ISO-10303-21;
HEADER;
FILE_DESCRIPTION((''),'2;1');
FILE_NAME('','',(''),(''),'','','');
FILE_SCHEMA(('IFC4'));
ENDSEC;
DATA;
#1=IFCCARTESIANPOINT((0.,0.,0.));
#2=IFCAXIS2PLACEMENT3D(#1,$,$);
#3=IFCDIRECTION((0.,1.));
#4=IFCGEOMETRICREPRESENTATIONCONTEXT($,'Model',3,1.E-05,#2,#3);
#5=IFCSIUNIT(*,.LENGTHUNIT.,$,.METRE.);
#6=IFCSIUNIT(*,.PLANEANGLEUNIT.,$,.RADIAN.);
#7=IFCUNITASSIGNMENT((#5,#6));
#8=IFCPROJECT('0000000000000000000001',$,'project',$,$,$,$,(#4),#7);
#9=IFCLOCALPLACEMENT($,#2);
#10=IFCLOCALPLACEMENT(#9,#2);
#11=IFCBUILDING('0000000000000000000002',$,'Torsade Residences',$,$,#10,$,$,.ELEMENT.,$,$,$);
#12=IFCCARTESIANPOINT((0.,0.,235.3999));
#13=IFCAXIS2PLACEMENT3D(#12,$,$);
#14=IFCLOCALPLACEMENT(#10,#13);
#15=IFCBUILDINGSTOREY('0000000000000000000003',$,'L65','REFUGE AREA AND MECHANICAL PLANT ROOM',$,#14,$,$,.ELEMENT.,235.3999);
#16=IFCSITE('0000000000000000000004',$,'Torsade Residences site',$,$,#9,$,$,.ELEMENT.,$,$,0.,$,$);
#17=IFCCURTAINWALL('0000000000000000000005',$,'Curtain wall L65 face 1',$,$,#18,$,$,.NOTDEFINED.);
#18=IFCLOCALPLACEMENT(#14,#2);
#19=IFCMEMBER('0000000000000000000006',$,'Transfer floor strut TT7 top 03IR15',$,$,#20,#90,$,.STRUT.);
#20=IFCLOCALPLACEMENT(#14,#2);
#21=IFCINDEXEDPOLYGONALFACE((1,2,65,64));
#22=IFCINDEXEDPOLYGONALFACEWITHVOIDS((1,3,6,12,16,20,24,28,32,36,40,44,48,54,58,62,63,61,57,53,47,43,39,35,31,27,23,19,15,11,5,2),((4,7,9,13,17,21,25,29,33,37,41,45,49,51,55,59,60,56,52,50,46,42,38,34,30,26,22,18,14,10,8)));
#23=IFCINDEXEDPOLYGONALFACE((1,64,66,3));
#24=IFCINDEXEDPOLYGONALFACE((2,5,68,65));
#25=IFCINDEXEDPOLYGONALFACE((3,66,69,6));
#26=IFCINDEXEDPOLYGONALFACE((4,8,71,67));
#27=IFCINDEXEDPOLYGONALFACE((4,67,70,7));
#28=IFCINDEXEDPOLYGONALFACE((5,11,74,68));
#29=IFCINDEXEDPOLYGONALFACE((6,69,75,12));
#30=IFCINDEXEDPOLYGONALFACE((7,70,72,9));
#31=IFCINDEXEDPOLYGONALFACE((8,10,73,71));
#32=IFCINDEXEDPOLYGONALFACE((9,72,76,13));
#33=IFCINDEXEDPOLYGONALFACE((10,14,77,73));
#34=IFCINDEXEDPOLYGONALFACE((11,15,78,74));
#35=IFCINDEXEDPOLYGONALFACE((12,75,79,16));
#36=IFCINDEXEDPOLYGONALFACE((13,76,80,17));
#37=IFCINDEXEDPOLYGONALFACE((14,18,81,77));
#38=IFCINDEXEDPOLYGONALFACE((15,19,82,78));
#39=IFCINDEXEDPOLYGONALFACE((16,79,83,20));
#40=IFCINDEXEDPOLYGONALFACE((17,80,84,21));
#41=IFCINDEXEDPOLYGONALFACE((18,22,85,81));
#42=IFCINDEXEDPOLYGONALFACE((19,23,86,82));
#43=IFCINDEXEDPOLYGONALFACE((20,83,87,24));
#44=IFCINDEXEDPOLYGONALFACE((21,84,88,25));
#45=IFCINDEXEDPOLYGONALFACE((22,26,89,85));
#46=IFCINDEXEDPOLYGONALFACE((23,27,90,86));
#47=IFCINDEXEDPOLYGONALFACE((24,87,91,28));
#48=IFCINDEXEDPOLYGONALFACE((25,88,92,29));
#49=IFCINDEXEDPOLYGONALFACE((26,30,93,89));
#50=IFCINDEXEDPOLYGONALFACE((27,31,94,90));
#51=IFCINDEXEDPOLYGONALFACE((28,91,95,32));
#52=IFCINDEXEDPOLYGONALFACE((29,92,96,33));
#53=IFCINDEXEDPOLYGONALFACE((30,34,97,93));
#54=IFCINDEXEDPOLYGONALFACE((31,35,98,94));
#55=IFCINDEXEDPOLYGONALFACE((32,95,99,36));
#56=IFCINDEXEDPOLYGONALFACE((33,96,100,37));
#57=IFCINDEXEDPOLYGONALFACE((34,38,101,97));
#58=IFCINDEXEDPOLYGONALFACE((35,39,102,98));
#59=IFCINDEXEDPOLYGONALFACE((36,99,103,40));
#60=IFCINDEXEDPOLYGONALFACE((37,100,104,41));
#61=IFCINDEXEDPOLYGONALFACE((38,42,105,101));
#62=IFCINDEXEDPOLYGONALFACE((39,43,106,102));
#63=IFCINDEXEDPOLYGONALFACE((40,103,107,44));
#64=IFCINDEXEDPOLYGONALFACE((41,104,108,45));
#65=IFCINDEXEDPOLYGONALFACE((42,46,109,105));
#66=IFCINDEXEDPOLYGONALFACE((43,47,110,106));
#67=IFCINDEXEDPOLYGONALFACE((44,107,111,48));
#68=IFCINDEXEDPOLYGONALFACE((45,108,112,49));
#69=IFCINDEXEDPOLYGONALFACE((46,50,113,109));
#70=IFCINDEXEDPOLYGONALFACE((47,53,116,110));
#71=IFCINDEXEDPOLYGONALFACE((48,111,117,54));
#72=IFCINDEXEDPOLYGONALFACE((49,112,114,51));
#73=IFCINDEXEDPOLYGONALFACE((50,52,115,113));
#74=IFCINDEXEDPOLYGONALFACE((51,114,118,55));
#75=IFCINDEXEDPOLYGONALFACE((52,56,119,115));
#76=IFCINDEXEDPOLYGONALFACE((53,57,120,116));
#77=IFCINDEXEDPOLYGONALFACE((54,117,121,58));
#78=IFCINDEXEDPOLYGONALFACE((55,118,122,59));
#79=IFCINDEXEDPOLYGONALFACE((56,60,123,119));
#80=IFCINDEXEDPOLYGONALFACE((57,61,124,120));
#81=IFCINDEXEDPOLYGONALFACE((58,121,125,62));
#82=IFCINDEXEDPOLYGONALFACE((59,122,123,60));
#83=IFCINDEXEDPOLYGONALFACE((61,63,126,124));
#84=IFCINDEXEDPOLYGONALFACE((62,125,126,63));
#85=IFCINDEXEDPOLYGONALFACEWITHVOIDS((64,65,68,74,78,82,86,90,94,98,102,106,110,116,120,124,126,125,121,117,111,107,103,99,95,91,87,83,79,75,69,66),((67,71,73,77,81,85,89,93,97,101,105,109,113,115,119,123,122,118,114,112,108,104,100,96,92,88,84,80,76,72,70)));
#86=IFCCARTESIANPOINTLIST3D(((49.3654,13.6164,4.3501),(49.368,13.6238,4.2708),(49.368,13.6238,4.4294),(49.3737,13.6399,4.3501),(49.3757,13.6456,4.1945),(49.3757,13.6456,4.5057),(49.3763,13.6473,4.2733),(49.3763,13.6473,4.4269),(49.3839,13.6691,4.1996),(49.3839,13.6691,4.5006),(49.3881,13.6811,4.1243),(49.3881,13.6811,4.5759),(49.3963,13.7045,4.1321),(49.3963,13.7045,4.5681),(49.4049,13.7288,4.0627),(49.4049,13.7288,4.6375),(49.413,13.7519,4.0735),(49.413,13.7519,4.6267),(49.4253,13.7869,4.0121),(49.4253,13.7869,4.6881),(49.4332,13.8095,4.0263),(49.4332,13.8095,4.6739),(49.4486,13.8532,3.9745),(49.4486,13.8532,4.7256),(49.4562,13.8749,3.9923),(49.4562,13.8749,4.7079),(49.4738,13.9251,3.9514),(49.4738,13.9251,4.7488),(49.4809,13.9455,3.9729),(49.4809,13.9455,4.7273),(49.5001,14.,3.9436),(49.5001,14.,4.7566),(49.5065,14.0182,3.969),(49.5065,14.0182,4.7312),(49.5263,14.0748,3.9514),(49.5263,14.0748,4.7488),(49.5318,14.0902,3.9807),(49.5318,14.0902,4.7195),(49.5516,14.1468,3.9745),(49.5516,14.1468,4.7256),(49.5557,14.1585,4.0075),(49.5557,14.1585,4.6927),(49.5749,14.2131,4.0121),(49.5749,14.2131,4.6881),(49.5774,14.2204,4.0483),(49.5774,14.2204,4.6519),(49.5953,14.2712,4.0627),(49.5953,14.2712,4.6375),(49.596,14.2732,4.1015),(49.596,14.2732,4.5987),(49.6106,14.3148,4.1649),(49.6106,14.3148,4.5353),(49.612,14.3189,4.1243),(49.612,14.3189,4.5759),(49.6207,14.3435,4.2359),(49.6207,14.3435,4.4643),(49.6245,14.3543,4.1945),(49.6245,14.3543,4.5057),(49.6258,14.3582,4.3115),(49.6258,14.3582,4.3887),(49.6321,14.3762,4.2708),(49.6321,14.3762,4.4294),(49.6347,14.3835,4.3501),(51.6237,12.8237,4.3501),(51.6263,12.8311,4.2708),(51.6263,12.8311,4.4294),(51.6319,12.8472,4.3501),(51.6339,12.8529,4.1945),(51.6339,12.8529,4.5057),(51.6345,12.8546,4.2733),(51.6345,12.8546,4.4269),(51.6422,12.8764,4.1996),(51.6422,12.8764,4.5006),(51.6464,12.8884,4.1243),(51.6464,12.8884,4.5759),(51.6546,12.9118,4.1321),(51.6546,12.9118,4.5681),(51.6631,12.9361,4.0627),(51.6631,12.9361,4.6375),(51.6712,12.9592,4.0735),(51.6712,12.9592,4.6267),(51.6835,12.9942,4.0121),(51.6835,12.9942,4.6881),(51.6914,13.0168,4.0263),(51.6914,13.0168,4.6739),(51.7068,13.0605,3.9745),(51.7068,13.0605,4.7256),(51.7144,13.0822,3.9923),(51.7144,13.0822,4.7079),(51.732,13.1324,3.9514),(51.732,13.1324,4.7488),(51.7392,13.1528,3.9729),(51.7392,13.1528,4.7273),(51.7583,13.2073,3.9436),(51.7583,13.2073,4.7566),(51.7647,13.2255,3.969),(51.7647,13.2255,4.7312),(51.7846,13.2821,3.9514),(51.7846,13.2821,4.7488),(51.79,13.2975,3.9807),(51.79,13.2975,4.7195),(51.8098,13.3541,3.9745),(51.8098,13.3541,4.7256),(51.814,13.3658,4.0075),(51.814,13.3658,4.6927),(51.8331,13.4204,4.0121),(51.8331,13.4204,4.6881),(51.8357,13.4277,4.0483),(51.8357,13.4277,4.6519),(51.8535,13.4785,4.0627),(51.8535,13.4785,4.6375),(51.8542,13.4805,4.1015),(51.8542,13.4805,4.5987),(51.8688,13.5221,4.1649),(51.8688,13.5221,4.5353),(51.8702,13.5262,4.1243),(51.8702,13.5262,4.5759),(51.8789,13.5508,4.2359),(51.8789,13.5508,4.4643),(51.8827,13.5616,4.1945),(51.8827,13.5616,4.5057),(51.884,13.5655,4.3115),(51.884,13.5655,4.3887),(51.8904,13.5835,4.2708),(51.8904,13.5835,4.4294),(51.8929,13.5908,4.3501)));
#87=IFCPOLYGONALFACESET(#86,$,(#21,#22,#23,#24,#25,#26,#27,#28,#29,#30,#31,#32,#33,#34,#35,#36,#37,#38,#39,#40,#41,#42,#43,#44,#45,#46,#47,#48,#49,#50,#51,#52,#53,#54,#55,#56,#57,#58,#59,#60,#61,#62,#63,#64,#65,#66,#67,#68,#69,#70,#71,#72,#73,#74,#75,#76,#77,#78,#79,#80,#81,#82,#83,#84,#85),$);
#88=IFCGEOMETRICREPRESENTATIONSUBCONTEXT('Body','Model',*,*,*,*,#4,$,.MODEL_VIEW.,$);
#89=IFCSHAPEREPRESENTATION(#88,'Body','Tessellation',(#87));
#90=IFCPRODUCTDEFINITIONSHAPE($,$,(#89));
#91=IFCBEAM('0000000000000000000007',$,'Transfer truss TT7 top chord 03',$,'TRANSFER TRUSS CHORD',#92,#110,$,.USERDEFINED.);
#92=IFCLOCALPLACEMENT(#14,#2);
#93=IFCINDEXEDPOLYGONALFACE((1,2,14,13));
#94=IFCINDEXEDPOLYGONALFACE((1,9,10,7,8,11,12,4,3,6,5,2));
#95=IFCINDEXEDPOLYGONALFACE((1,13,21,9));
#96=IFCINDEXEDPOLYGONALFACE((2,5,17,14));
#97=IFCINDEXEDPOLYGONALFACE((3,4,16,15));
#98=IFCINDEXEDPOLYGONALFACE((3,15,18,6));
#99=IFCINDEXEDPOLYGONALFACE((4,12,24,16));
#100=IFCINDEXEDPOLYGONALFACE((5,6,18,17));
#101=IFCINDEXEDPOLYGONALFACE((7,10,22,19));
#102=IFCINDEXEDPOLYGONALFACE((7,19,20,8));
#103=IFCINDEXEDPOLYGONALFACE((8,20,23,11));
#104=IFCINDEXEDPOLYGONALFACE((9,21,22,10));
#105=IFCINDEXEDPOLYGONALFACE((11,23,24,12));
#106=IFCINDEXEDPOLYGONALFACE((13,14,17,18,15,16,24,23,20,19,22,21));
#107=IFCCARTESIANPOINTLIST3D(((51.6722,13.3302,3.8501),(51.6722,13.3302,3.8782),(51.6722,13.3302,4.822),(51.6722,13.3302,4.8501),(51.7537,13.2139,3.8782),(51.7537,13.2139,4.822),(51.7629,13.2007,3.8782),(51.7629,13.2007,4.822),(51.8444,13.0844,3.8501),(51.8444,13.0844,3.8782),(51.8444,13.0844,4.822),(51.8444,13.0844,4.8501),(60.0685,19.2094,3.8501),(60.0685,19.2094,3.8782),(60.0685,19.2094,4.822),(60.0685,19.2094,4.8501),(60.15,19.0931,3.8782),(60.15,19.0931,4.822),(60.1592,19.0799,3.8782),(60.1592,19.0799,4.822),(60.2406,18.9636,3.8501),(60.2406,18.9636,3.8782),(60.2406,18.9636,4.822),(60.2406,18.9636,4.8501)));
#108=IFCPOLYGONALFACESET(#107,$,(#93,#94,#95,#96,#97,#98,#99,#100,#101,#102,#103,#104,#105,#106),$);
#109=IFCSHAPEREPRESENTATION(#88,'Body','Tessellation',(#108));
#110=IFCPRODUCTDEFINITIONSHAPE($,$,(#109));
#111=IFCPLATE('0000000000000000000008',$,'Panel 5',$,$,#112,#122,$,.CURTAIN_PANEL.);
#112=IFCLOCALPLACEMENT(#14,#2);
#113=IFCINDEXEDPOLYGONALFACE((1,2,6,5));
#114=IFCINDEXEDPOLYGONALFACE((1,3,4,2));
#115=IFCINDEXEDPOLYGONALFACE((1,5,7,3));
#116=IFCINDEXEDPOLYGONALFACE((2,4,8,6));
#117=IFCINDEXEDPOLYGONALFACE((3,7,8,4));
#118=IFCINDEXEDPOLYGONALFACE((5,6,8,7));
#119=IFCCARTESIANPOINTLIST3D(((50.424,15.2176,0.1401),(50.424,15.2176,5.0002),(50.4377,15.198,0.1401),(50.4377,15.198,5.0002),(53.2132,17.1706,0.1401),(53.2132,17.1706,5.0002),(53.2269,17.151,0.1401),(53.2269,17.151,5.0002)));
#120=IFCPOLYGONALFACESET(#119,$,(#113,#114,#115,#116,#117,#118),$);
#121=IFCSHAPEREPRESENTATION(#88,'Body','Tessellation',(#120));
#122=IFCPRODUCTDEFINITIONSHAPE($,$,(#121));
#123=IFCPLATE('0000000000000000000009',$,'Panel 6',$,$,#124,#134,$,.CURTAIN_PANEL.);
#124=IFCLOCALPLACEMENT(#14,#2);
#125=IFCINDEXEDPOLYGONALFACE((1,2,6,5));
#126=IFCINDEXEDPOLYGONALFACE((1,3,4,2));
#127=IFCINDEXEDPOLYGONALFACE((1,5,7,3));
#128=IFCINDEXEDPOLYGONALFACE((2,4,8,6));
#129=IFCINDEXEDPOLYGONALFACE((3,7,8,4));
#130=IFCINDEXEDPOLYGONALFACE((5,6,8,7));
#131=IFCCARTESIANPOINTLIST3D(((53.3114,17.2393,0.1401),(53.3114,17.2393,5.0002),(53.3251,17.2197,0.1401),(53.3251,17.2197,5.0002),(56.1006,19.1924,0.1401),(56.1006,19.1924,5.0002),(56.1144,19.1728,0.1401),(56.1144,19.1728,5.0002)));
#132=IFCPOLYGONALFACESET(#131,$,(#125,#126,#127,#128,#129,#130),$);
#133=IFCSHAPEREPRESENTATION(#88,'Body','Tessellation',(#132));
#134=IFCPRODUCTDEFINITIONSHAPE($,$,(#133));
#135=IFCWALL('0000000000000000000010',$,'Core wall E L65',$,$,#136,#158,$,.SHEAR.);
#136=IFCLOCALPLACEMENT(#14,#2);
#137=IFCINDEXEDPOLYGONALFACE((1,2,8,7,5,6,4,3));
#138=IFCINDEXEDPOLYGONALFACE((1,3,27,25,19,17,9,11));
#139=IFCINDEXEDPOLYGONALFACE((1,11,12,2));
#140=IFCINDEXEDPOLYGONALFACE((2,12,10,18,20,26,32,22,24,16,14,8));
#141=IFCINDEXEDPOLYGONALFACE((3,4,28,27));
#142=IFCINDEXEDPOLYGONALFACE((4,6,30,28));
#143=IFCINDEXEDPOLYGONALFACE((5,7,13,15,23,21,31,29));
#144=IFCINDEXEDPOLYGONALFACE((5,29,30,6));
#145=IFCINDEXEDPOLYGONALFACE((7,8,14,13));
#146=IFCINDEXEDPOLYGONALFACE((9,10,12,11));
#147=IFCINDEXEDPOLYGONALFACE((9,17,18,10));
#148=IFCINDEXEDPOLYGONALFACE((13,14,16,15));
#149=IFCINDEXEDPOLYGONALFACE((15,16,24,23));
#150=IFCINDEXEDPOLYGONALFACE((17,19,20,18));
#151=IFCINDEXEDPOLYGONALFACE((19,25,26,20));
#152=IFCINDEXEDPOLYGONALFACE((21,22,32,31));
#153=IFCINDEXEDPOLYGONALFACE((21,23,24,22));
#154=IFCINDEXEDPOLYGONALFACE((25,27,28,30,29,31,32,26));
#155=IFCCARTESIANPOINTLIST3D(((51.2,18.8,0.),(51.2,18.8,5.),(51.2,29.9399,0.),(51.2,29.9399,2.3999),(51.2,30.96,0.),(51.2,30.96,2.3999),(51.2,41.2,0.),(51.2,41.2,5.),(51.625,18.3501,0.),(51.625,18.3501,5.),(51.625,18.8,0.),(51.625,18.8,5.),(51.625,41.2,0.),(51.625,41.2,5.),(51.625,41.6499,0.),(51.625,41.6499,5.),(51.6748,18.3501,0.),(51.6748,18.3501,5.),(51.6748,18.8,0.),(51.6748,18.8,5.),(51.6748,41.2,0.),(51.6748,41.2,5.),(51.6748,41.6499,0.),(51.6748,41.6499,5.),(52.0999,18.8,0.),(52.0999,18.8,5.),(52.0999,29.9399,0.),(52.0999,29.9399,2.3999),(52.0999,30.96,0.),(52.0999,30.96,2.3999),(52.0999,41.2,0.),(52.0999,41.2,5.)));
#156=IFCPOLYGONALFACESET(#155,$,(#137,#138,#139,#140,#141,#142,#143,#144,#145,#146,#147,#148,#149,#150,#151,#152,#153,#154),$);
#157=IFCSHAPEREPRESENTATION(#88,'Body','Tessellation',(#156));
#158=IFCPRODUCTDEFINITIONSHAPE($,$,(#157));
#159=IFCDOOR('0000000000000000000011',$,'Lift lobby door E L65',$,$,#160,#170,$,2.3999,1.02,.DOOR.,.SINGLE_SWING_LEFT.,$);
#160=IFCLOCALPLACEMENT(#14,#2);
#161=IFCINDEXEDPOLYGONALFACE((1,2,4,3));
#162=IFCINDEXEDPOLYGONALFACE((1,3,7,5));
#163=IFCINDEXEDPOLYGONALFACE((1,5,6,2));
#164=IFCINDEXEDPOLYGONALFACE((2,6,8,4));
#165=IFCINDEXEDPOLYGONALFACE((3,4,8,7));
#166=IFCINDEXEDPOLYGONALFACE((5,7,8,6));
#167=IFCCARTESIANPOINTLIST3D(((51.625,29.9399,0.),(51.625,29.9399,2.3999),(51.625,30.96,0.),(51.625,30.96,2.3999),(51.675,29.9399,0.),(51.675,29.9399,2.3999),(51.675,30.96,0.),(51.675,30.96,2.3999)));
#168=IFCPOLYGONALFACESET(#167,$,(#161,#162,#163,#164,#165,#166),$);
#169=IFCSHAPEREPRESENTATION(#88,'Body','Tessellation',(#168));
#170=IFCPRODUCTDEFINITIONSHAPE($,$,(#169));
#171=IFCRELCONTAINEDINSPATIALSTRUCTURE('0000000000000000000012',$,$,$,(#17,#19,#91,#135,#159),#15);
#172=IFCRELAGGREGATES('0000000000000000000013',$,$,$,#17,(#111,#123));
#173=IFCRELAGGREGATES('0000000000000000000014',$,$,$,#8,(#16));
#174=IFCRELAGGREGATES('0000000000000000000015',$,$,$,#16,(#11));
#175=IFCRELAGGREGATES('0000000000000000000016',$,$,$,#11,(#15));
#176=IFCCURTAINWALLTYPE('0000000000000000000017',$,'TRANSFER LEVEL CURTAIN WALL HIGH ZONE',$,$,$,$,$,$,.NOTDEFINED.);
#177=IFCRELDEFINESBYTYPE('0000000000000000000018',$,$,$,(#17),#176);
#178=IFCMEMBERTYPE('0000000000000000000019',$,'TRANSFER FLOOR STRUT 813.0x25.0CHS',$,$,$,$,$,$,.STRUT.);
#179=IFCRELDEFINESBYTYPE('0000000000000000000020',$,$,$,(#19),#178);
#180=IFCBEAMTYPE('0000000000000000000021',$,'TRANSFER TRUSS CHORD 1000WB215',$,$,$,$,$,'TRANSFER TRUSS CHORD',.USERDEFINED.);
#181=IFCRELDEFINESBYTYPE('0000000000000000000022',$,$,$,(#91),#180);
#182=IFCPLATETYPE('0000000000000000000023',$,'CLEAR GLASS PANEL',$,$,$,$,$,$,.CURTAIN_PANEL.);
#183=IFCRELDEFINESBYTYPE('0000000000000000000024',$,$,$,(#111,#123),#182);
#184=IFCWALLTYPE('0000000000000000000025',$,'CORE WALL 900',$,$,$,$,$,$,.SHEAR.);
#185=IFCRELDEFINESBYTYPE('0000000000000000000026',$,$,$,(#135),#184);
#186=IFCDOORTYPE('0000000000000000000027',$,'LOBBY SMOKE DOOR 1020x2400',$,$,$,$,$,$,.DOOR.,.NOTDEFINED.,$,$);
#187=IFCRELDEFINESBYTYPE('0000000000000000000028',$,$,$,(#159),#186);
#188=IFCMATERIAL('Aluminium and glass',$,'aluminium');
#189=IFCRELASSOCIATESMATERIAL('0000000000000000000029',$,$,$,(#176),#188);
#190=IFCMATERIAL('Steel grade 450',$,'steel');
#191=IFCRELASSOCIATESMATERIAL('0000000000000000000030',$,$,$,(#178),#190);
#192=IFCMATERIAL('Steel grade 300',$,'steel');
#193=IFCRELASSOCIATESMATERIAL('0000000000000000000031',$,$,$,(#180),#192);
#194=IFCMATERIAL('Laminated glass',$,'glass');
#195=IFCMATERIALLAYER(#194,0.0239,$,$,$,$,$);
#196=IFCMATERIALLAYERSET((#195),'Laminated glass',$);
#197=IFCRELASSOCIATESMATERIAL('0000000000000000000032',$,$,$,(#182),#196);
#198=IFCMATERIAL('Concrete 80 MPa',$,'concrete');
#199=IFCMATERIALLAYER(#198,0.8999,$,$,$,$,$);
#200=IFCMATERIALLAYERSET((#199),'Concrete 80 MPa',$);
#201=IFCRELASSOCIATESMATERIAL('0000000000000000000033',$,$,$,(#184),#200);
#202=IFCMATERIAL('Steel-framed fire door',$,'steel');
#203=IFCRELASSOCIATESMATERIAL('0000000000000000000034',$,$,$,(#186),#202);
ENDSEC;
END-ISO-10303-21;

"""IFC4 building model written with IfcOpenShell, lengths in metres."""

from ifc_helpers import new_model, si_unit, direction, frame, frame_2d, origin, origin_2d, place, context, subcontext, project, spatial, polyline, rectangle, hollow_circle, i_section, outline, extrude, material, layer, layer_set, material_profile, profile_set, type_object, element, fill, aggregate, save


model = new_model("IFC4")

# Units and contexts
model_context = context("Model", 3, precision=1e-05, world=origin(), true_north=direction((0.0, 1.0)))
body_context = subcontext(model_context, "Body", "Model", "MODEL_VIEW")
ifc_project = project(units=[si_unit("LENGTHUNIT", "METRE"), si_unit("PLANEANGLEUNIT", "RADIAN")], contexts=[model_context])

# Site, building, storey
site_placement = place(None, origin())
site = spatial("IfcSite", under=ifc_project, at=site_placement, Name="Torsade Residences site", CompositionType="ELEMENT", RefElevation=0.0)
building_placement = place(site_placement, origin())
building = spatial("IfcBuilding", under=site, at=building_placement, Name="Torsade Residences", CompositionType="ELEMENT")
storey_placement = place(building_placement, frame((0.0, 0.0, 235.3999)))
storey = spatial("IfcBuildingStorey", under=building, at=storey_placement, Name="L65", Description="REFUGE AREA AND MECHANICAL PLANT ROOM", CompositionType="ELEMENT", Elevation=235.3999)

# Curtain wall
ifc_material_1 = material(Name="Aluminium and glass", Category="aluminium")
curtain_wall_type = type_object("IfcCurtainWallType", Name="TRANSFER LEVEL CURTAIN WALL HIGH ZONE", PredefinedType="NOTDEFINED", material=ifc_material_1)
curtain_wall_placement = place(storey_placement, origin())
curtain_wall = element("IfcCurtainWall", 1, at=curtain_wall_placement, inside=storey, type_object=curtain_wall_type, Name="Curtain wall L65 face 1", PredefinedType="NOTDEFINED")

# Member
ifc_material_2 = material(Name="Steel grade 450", Category="steel")
ifc_material_profile_1 = material_profile(ifc_material_2, hollow_circle(Radius=0.4065, WallThickness=0.0249, at=origin_2d()), Name="813.0x25.0CHS")
ifc_profile_set_1 = profile_set([ifc_material_profile_1], Name="Steel grade 450")
member_type_1 = type_object("IfcMemberType", Name="TRANSFER FLOOR STRUT 813.0x25.0CHS", PredefinedType="STRUT", material=ifc_profile_set_1)
member_1_placement = place(storey_placement, frame((51.7583, 13.2073, 4.3501), z_axis=(-0.943556, 0.331214, 0.0), x_axis=(-0.331214, -0.943556, 0.0)))
element("IfcMember", 2, at=member_1_placement, inside=storey, type_object=member_type_1, Name="Transfer floor strut TT7 top 03IR15", PredefinedType="STRUT", context=body_context, shape_type="SweptSolid", body=[
    extrude(hollow_circle(Radius=0.4065, WallThickness=0.0249, at=origin_2d()), origin(), (0.0, 0.0, 1.0), 2.3933),
])

# Beam
ifc_material_3 = material(Name="Steel grade 300", Category="steel")
ifc_material_profile_2 = material_profile(ifc_material_3, i_section(OverallWidth=0.3, OverallDepth=1.0, WebThickness=0.0161, FlangeThickness=0.0281, at=origin_2d()), Name="1000WB215")
ifc_profile_set_2 = profile_set([ifc_material_profile_2], Name="Steel grade 300")
beam_type_1 = type_object("IfcBeamType", Name="TRANSFER TRUSS CHORD 1000WB215", ElementType="TRANSFER TRUSS CHORD", PredefinedType="USERDEFINED", material=ifc_profile_set_2)
beam_1_placement = place(storey_placement, frame((51.7583, 13.2073, 4.3501), z_axis=(0.81915, 0.573579, 0.0), x_axis=(-0.573579, 0.81915, 0.0)))
element("IfcBeam", 3, at=beam_1_placement, inside=storey, type_object=beam_type_1, Name="Transfer truss TT7 top chord 03", ObjectType="TRANSFER TRUSS CHORD", PredefinedType="USERDEFINED", context=body_context, shape_type="SweptSolid", body=[
    extrude(i_section(OverallWidth=0.3, OverallDepth=1.0, WebThickness=0.0161, FlangeThickness=0.0281, at=origin_2d()), origin(), (0.0, 0.0, 1.0), 10.25),
])

# Plates
ifc_material_4 = material(Name="Laminated glass", Category="glass")
ifc_layer_1 = layer(ifc_material_4, 0.0239)
ifc_layer_set_1 = layer_set([ifc_layer_1], Name="Laminated glass")
plate_type = type_object("IfcPlateType", Name="CLEAR GLASS PANEL", PredefinedType="CURTAIN_PANEL", material=ifc_layer_set_1)
plate_1_placement = place(storey_placement, frame((51.8254, 16.1843, 0.1401), z_axis=(0.0, 0.0, 1.0), x_axis=(0.819152, 0.573576, 0.0)))
plate_1 = element("IfcPlate", 4, at=plate_1_placement, type_object=plate_type, Name="Panel 5", PredefinedType="CURTAIN_PANEL", context=body_context, shape_type="SweptSolid", body=[
    extrude(rectangle(XDim=3.405, YDim=0.0239, at=origin_2d()), origin(), (0.0, 0.0, 1.0), 4.8601),
])
plate_2_placement = place(storey_placement, frame((54.7129, 18.2061, 0.1401), z_axis=(0.0, 0.0, 1.0), x_axis=(0.819152, 0.573576, 0.0)))
plate_2 = element("IfcPlate", 5, at=plate_2_placement, type_object=plate_type, Name="Panel 6", PredefinedType="CURTAIN_PANEL", context=body_context, shape_type="SweptSolid", body=[
    extrude(rectangle(XDim=3.405, YDim=0.0239, at=origin_2d()), origin(), (0.0, 0.0, 1.0), 4.8601),
])
aggregate(curtain_wall, [plate_1, plate_2])

# Wall, opening, door
ifc_material_5 = material(Name="Concrete 80 MPa", Category="concrete")
ifc_layer_2 = layer(ifc_material_5, 0.8999)
ifc_layer_set_2 = layer_set([ifc_layer_2], Name="Concrete 80 MPa")
wall_type_1 = type_object("IfcWallType", Name="CORE WALL 900", PredefinedType="SHEAR", material=ifc_layer_set_2)
wall_1_placement = place(storey_placement, frame((51.6499, 18.8, 0.0), z_axis=(0.0, 0.0, 1.0), x_axis=(0.0, 1.0, 0.0)))
wall_1 = element("IfcWall", 6, at=wall_1_placement, inside=storey, type_object=wall_type_1, Name="Core wall E L65", PredefinedType="SHEAR", context=body_context, shape_type="SweptSolid", body=[
    extrude(outline(polyline([(0.0, -0.45), (22.3999, -0.45), (22.3999, -0.0249), (22.8499, -0.0249), (22.8499, 0.0249), (22.3999, 0.0249), (22.3999, 0.45), (0.0, 0.45), (0.0, 0.0249), (-0.45, 0.0249), (-0.45, -0.0249), (0.0, -0.0249), (0.0, -0.45)])), origin(), (0.0, 0.0, 1.0), 5.0),
])
opening_1_placement = place(wall_1_placement, frame((11.1399, 0.0, 0.0)))
opening_1 = element("IfcOpeningElement", 7, at=opening_1_placement, cuts=wall_1, PredefinedType="OPENING", context=body_context, shape_type="SweptSolid", body=[
    extrude(rectangle(XDim=1.02, YDim=2.3999, at=frame_2d((0.51, 1.2))), frame((0.0, 0.46, 0.0), z_axis=(0.0, -1.0, 0.0), x_axis=(1.0, 0.0, 0.0)), (0.0, 0.0, 1.0), 0.9199),
])
ifc_material_6 = material(Name="Steel-framed fire door", Category="steel")
door_type_1 = type_object("IfcDoorType", Name="LOBBY SMOKE DOOR 1020x2400", OperationType="NOTDEFINED", PredefinedType="DOOR", material=ifc_material_6)
door_1_placement = place(opening_1_placement, origin())
door_1 = element("IfcDoor", 8, at=door_1_placement, inside=storey, type_object=door_type_1, Name="Lift lobby door E L65", OperationType="SINGLE_SWING_LEFT", OverallHeight=2.3999, OverallWidth=1.02, PredefinedType="DOOR", context=body_context, shape_type="SweptSolid", body=[
    extrude(rectangle(XDim=1.02, YDim=2.3999, at=frame_2d((0.51, 1.2))), frame((0.0, 0.0249, 0.0), z_axis=(0.0, -1.0, 0.0), x_axis=(1.0, 0.0, 0.0)), (0.0, 0.0, 1.0), 0.05),
])
fill(opening_1, door_1)

save(model, "model.ifc")
